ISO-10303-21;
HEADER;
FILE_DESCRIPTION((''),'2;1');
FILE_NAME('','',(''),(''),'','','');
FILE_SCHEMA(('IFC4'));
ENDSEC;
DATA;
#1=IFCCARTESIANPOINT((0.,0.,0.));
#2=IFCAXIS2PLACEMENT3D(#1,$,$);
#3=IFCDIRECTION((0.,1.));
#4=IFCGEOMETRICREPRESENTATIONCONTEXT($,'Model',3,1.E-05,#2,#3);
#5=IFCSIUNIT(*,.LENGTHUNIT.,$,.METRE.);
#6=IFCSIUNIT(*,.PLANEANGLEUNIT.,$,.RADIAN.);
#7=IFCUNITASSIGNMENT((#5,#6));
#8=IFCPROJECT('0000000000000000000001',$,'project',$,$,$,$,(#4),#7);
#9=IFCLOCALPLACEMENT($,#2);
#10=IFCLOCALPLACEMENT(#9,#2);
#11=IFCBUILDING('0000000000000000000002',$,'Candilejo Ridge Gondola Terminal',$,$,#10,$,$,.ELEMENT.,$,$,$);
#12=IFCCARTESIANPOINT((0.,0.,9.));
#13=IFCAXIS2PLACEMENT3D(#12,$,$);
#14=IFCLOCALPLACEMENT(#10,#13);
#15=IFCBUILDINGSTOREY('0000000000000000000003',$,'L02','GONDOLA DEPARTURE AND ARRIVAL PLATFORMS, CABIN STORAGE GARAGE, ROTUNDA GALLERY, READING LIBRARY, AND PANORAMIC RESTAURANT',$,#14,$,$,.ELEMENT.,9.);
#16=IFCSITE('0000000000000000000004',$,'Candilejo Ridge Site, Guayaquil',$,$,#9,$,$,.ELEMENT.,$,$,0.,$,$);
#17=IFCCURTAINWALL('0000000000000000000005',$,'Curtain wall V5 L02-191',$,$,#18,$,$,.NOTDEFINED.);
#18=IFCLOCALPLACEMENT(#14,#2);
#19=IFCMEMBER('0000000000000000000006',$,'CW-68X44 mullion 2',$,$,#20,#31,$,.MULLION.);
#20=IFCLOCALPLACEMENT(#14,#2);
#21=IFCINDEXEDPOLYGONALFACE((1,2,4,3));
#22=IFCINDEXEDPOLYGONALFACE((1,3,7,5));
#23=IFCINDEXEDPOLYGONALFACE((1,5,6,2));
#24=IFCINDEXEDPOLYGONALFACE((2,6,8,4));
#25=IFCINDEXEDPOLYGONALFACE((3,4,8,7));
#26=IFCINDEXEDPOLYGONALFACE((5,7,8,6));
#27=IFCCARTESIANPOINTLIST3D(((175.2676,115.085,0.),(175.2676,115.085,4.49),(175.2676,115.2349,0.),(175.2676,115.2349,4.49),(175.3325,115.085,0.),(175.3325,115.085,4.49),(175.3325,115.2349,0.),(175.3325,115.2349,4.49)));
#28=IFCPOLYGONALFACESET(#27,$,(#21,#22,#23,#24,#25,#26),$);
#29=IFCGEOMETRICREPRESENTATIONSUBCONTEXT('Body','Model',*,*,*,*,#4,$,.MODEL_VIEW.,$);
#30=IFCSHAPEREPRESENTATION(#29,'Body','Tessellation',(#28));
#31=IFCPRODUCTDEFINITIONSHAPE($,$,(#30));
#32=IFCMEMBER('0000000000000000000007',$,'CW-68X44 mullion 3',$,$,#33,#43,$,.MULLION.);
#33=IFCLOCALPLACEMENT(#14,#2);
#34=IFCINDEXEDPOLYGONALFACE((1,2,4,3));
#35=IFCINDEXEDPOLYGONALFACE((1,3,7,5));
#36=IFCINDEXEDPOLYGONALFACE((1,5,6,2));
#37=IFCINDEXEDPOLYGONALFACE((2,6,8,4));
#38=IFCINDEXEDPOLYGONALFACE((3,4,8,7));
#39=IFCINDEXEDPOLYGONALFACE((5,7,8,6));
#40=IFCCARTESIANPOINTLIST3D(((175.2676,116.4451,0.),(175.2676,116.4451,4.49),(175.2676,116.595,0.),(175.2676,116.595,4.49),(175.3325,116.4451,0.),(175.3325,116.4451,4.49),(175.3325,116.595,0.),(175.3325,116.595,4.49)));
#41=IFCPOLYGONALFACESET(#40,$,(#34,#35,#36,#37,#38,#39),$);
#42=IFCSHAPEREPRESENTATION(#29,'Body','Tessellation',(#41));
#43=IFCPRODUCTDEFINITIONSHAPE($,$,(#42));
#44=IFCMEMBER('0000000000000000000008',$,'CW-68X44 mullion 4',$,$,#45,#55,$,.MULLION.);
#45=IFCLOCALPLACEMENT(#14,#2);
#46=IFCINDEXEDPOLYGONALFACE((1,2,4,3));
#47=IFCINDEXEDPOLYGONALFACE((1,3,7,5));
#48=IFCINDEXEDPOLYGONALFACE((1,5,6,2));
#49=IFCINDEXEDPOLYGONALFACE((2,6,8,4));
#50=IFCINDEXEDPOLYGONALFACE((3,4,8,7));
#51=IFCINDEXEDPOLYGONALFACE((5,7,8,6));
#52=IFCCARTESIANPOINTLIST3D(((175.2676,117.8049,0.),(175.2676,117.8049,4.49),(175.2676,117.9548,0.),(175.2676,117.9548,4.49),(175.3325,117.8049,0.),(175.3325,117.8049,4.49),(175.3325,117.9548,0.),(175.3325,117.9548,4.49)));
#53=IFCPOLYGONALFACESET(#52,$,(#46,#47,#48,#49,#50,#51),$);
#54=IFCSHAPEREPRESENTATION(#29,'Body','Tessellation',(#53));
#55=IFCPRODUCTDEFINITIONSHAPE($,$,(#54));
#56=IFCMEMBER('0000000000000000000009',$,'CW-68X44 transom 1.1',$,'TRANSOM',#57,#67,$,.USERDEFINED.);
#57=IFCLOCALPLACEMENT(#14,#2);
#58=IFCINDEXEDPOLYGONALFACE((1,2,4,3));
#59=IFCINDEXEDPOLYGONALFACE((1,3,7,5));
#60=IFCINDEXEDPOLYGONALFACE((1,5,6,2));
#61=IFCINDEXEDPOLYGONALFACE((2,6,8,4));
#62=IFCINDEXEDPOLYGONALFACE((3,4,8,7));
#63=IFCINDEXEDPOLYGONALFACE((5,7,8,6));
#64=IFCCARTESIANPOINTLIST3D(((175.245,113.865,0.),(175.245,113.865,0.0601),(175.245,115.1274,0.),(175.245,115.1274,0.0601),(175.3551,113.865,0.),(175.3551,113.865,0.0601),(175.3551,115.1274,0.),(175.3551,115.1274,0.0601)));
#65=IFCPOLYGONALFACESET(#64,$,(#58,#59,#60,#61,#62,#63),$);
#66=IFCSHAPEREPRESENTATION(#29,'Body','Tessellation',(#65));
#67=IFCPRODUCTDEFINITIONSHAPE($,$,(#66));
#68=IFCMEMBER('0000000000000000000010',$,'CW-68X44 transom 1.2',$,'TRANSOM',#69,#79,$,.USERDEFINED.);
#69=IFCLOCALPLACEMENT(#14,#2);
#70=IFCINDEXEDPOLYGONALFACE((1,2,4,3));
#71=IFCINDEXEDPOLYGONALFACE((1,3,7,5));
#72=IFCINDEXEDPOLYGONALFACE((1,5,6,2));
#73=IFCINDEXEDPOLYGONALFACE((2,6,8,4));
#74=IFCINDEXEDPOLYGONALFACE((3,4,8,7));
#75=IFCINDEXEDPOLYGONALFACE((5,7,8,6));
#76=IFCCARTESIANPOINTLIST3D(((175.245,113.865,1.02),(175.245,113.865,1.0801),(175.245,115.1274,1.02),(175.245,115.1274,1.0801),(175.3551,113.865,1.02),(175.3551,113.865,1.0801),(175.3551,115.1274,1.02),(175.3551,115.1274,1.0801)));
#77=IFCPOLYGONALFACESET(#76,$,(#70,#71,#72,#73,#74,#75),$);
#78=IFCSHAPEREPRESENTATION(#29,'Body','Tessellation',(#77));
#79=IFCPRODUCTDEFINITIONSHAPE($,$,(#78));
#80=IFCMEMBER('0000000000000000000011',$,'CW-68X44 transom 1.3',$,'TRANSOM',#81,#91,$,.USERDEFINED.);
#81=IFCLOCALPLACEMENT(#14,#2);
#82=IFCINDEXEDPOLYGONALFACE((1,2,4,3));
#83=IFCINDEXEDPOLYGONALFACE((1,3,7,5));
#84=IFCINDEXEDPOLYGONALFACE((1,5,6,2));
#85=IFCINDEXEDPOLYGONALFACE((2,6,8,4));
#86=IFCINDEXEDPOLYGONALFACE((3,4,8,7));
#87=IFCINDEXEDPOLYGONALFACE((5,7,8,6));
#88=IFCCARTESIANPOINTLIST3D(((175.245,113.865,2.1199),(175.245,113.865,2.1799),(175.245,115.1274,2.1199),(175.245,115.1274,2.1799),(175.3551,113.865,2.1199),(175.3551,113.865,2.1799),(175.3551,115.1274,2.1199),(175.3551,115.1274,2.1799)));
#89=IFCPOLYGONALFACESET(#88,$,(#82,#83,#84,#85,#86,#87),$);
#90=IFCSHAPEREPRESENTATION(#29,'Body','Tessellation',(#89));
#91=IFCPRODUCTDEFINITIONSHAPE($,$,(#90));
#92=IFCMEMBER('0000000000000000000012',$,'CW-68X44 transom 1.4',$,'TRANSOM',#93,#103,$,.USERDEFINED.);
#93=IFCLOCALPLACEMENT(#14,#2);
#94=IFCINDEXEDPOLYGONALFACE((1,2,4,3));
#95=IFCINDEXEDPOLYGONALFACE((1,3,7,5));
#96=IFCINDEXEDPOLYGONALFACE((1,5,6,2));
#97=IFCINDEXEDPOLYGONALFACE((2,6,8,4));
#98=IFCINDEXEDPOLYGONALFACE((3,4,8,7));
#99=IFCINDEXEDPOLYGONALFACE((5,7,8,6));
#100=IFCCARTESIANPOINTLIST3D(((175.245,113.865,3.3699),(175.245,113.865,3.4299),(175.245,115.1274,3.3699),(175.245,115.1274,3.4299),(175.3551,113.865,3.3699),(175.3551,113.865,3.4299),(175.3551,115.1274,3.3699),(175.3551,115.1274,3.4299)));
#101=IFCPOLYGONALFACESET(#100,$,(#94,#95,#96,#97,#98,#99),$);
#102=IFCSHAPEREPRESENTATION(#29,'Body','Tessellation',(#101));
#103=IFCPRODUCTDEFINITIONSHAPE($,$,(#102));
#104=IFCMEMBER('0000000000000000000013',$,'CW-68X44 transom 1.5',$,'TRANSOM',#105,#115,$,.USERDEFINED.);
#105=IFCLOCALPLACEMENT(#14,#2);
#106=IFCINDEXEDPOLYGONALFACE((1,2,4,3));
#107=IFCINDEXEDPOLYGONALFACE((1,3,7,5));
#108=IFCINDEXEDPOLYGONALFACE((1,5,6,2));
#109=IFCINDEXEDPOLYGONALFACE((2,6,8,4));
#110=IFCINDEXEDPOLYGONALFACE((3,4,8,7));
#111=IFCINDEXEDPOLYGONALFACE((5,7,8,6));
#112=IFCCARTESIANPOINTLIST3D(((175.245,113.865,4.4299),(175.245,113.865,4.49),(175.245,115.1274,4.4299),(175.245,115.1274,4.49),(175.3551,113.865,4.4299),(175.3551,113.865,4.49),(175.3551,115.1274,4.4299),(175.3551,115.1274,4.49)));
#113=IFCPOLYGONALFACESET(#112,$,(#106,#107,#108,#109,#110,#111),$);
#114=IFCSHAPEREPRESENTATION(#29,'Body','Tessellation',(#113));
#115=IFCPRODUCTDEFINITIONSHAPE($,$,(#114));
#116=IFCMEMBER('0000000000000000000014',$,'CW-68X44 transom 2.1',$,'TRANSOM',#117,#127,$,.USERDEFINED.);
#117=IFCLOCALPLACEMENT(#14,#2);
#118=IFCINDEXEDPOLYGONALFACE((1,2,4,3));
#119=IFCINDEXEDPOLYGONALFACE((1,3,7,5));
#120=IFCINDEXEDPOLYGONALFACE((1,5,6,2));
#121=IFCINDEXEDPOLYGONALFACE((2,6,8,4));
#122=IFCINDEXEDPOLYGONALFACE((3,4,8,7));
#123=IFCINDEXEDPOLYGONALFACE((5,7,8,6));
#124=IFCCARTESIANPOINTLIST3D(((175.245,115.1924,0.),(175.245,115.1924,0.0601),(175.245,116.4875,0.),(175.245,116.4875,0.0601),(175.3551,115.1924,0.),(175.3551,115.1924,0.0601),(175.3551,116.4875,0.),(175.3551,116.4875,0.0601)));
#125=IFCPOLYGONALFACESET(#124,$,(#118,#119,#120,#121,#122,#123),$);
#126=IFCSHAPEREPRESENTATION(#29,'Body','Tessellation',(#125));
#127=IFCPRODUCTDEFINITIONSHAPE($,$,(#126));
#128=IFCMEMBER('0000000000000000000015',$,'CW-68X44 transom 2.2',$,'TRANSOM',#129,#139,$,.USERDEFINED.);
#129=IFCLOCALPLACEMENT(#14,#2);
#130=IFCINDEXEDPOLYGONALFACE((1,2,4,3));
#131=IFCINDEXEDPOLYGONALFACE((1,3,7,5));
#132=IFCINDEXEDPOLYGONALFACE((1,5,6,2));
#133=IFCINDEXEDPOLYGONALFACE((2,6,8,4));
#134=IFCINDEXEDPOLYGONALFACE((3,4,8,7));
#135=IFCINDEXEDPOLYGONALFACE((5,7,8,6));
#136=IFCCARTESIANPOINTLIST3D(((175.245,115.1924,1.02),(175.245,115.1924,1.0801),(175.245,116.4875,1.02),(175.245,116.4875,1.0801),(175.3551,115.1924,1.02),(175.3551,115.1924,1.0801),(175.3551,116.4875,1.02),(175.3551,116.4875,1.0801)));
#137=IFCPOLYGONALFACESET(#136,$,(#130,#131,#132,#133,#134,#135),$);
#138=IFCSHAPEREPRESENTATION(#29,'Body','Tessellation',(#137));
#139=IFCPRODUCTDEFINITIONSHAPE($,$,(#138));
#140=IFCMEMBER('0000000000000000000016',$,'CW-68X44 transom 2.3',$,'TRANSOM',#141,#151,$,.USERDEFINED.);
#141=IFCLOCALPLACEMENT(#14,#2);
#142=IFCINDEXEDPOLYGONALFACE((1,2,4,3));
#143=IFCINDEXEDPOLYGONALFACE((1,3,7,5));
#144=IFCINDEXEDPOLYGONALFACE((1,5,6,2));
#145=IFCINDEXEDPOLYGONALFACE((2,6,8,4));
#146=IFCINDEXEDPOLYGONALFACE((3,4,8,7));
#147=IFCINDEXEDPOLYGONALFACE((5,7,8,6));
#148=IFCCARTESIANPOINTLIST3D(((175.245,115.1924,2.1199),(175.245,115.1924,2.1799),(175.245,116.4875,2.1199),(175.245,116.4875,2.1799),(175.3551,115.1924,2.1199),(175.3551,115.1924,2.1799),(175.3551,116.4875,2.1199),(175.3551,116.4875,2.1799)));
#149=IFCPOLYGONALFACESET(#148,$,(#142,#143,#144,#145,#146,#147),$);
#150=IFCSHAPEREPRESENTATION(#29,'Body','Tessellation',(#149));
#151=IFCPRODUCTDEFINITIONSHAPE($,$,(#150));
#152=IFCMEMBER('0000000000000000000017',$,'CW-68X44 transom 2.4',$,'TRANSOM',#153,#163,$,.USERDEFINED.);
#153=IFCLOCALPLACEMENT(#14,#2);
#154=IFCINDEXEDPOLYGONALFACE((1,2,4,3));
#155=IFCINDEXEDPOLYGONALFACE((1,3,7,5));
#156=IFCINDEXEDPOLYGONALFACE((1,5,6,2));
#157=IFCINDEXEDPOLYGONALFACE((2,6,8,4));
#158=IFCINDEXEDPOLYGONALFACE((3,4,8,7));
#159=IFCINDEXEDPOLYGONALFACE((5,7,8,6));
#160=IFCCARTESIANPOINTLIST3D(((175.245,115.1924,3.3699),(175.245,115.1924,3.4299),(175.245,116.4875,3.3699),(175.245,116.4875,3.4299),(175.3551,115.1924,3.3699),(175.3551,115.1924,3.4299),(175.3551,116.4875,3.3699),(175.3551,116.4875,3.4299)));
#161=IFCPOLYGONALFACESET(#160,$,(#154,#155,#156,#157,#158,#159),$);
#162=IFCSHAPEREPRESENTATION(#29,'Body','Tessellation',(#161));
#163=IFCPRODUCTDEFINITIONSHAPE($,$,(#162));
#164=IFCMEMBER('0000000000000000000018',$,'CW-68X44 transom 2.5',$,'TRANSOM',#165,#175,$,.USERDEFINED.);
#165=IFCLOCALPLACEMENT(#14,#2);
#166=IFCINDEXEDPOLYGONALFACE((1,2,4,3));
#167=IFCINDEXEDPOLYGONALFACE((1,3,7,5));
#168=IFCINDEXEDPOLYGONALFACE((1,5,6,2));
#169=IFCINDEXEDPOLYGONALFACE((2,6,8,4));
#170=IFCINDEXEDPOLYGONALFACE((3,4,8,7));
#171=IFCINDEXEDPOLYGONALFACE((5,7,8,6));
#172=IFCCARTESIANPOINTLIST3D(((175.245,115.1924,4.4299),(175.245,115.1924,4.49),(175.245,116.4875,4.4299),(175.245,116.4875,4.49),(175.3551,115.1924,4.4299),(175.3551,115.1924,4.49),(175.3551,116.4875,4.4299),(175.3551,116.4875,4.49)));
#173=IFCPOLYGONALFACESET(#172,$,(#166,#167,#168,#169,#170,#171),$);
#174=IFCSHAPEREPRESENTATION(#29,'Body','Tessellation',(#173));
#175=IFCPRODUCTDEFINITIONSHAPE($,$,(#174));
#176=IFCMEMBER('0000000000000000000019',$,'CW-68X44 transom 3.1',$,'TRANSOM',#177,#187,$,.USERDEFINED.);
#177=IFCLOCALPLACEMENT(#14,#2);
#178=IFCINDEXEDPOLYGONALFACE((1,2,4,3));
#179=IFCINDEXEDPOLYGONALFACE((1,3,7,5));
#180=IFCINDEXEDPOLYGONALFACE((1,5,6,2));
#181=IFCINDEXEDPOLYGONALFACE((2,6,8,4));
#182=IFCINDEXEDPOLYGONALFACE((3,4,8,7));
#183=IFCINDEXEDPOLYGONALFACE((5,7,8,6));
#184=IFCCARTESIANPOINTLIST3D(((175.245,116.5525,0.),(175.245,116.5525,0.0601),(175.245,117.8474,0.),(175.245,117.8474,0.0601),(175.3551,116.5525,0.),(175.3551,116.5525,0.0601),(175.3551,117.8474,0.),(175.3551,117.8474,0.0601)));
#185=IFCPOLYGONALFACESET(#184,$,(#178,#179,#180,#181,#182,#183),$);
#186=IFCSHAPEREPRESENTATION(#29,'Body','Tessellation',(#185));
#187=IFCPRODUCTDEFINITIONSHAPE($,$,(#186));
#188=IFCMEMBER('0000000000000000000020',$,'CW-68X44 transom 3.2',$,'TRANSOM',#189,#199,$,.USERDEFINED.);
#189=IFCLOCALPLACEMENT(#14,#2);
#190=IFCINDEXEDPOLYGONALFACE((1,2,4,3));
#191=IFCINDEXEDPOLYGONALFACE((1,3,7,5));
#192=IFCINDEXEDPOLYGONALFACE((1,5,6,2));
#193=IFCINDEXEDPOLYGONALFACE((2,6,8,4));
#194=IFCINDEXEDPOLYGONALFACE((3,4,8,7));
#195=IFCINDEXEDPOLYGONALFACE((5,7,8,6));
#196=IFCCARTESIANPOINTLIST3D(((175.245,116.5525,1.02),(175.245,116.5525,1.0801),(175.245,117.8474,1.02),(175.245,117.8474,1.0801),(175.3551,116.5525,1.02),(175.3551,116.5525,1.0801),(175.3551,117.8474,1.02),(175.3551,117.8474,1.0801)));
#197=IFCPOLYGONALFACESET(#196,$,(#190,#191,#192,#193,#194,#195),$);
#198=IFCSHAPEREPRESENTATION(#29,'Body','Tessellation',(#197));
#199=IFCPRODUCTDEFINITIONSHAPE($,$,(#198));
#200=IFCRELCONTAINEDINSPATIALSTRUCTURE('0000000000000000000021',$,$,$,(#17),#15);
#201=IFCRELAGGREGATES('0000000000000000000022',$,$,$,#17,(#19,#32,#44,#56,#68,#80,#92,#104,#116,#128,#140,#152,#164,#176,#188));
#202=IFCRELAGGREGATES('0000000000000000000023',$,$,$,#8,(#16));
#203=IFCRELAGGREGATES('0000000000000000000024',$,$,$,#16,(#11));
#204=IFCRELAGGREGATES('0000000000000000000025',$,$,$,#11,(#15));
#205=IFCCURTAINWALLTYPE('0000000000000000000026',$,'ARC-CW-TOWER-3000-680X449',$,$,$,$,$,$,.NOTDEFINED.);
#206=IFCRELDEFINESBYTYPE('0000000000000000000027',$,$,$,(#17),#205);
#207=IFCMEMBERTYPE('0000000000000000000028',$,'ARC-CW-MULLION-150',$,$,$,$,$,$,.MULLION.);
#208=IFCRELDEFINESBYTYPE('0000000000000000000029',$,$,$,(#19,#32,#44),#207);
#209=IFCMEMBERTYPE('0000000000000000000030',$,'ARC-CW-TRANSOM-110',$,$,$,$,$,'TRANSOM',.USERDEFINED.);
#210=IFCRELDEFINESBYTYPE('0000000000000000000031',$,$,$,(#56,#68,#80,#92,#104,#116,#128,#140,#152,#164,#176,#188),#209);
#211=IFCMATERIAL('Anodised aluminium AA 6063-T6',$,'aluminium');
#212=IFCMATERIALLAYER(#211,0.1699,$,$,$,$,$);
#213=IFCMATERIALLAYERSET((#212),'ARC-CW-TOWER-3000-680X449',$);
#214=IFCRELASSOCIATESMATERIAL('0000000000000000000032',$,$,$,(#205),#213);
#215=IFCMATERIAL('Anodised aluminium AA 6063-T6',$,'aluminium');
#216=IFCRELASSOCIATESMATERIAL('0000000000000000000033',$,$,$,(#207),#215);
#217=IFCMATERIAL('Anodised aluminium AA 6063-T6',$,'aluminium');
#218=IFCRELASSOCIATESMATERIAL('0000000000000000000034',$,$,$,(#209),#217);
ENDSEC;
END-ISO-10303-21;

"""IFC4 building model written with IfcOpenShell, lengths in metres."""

from ifc_helpers import new_model, si_unit, direction, frame, origin, origin_2d, place, context, subcontext, project, spatial, rectangle, extrude, material, layer, layer_set, material_profile, profile_set, type_object, element, aggregate, save


model = new_model("IFC4")

# Units and contexts
model_context = context("Model", 3, precision=1e-05, world=origin(), true_north=direction((0.0, 1.0)))
body_context = subcontext(model_context, "Body", "Model", "MODEL_VIEW")
ifc_project = project(units=[si_unit("LENGTHUNIT", "METRE"), si_unit("PLANEANGLEUNIT", "RADIAN")], contexts=[model_context])

# Site, building, storey
site_placement = place(None, origin())
site = spatial("IfcSite", under=ifc_project, at=site_placement, Name="Candilejo Ridge Site, Guayaquil", CompositionType="ELEMENT", RefElevation=0.0)
building_placement = place(site_placement, origin())
building = spatial("IfcBuilding", under=site, at=building_placement, Name="Candilejo Ridge Gondola Terminal", CompositionType="ELEMENT")
storey_placement = place(building_placement, frame((0.0, 0.0, 9.0)))
storey = spatial("IfcBuildingStorey", under=building, at=storey_placement, Name="L02", Description="GONDOLA DEPARTURE AND ARRIVAL PLATFORMS, CABIN STORAGE GARAGE, ROTUNDA GALLERY, READING LIBRARY, AND PANORAMIC RESTAURANT", CompositionType="ELEMENT", Elevation=9.0)

# Curtain wall, members
ifc_material_1 = material(Name="Anodised aluminium AA 6063-T6", Category="aluminium")
ifc_layer_1 = layer(ifc_material_1, 0.1699)
ifc_layer_set_1 = layer_set([ifc_layer_1], Name="ARC-CW-TOWER-3000-680X449")
curtain_wall_type = type_object("IfcCurtainWallType", Name="ARC-CW-TOWER-3000-680X449", PredefinedType="NOTDEFINED", material=ifc_layer_set_1)
curtain_wall_placement = place(storey_placement, origin())
curtain_wall = element("IfcCurtainWall", 1, at=curtain_wall_placement, inside=storey, type_object=curtain_wall_type, Name="Curtain wall V5 L02-191", PredefinedType="NOTDEFINED")
ifc_material_2 = material(Name="Anodised aluminium AA 6063-T6", Category="aluminium")
ifc_material_profile_1 = material_profile(ifc_material_2, rectangle(XDim=0.0649, YDim=0.1499, at=origin_2d()))
ifc_profile_set_1 = profile_set([ifc_material_profile_1], Name="Anodised aluminium AA 6063-T6")
member_type_1 = type_object("IfcMemberType", Name="ARC-CW-MULLION-150", PredefinedType="MULLION", material=ifc_profile_set_1)
member_1_placement = place(storey_placement, frame((175.3, 115.1599, 0.0), z_axis=(0.0, 0.0, 1.0), x_axis=(-1.0, 0.0, 0.0)))
member_1 = element("IfcMember", 2, at=member_1_placement, type_object=member_type_1, Name="CW-68X44 mullion 2", PredefinedType="MULLION", context=body_context, shape_type="SweptSolid", body=[
    extrude(rectangle(XDim=0.0649, YDim=0.1499, at=origin_2d()), origin(), (0.0, 0.0, 1.0), 4.49),
])
member_2_placement = place(storey_placement, frame((175.3, 116.52, 0.0), z_axis=(0.0, 0.0, 1.0), x_axis=(-1.0, 0.0, 0.0)))
member_2 = element("IfcMember", 3, at=member_2_placement, type_object=member_type_1, Name="CW-68X44 mullion 3", PredefinedType="MULLION", context=body_context, shape_type="SweptSolid", body=[
    extrude(rectangle(XDim=0.0649, YDim=0.1499, at=origin_2d()), origin(), (0.0, 0.0, 1.0), 4.49),
])
member_3_placement = place(storey_placement, frame((175.3, 117.8799, 0.0), z_axis=(0.0, 0.0, 1.0), x_axis=(-1.0, 0.0, 0.0)))
member_3 = element("IfcMember", 4, at=member_3_placement, type_object=member_type_1, Name="CW-68X44 mullion 4", PredefinedType="MULLION", context=body_context, shape_type="SweptSolid", body=[
    extrude(rectangle(XDim=0.0649, YDim=0.1499, at=origin_2d()), origin(), (0.0, 0.0, 1.0), 4.49),
])
ifc_material_3 = material(Name="Anodised aluminium AA 6063-T6", Category="aluminium")
ifc_material_profile_2 = material_profile(ifc_material_3, rectangle(XDim=0.1101, YDim=0.0601, at=origin_2d()))
ifc_profile_set_2 = profile_set([ifc_material_profile_2], Name="Anodised aluminium AA 6063-T6")
member_type_2 = type_object("IfcMemberType", Name="ARC-CW-TRANSOM-110", ElementType="TRANSOM", PredefinedType="USERDEFINED", material=ifc_profile_set_2)
member_4_placement = place(storey_placement, frame((175.3, 113.865, 0.03), z_axis=(0.0, 1.0, 0.0), x_axis=(-1.0, 0.0, 0.0)))
member_4 = element("IfcMember", 5, at=member_4_placement, type_object=member_type_2, Name="CW-68X44 transom 1.1", ObjectType="TRANSOM", PredefinedType="USERDEFINED", context=body_context, shape_type="SweptSolid", body=[
    extrude(rectangle(XDim=0.1101, YDim=0.0601, at=origin_2d()), origin(), (0.0, 0.0, 1.0), 1.2625),
])
member_5_placement = place(storey_placement, frame((175.3, 113.865, 1.05), z_axis=(0.0, 1.0, 0.0), x_axis=(-1.0, 0.0, 0.0)))
member_5 = element("IfcMember", 6, at=member_5_placement, type_object=member_type_2, Name="CW-68X44 transom 1.2", ObjectType="TRANSOM", PredefinedType="USERDEFINED", context=body_context, shape_type="SweptSolid", body=[
    extrude(rectangle(XDim=0.1101, YDim=0.0601, at=origin_2d()), origin(), (0.0, 0.0, 1.0), 1.2625),
])
member_6_placement = place(storey_placement, frame((175.3, 113.865, 2.1499), z_axis=(0.0, 1.0, 0.0), x_axis=(-1.0, 0.0, 0.0)))
member_6 = element("IfcMember", 7, at=member_6_placement, type_object=member_type_2, Name="CW-68X44 transom 1.3", ObjectType="TRANSOM", PredefinedType="USERDEFINED", context=body_context, shape_type="SweptSolid", body=[
    extrude(rectangle(XDim=0.1101, YDim=0.0601, at=origin_2d()), origin(), (0.0, 0.0, 1.0), 1.2625),
])
member_7_placement = place(storey_placement, frame((175.3, 113.865, 3.3999), z_axis=(0.0, 1.0, 0.0), x_axis=(-1.0, 0.0, 0.0)))
member_7 = element("IfcMember", 8, at=member_7_placement, type_object=member_type_2, Name="CW-68X44 transom 1.4", ObjectType="TRANSOM", PredefinedType="USERDEFINED", context=body_context, shape_type="SweptSolid", body=[
    extrude(rectangle(XDim=0.1101, YDim=0.0601, at=origin_2d()), origin(), (0.0, 0.0, 1.0), 1.2625),
])
member_8_placement = place(storey_placement, frame((175.3, 113.865, 4.46), z_axis=(0.0, 1.0, 0.0), x_axis=(-1.0, 0.0, 0.0)))
member_8 = element("IfcMember", 9, at=member_8_placement, type_object=member_type_2, Name="CW-68X44 transom 1.5", ObjectType="TRANSOM", PredefinedType="USERDEFINED", context=body_context, shape_type="SweptSolid", body=[
    extrude(rectangle(XDim=0.1101, YDim=0.0601, at=origin_2d()), origin(), (0.0, 0.0, 1.0), 1.2625),
])
member_9_placement = place(storey_placement, frame((175.3, 115.1924, 0.03), z_axis=(0.0, 1.0, 0.0), x_axis=(-1.0, 0.0, 0.0)))
member_9 = element("IfcMember", 10, at=member_9_placement, type_object=member_type_2, Name="CW-68X44 transom 2.1", ObjectType="TRANSOM", PredefinedType="USERDEFINED", context=body_context, shape_type="SweptSolid", body=[
    extrude(rectangle(XDim=0.1101, YDim=0.0601, at=origin_2d()), origin(), (0.0, 0.0, 1.0), 1.2952),
])
member_10_placement = place(storey_placement, frame((175.3, 115.1924, 1.05), z_axis=(0.0, 1.0, 0.0), x_axis=(-1.0, 0.0, 0.0)))
member_10 = element("IfcMember", 11, at=member_10_placement, type_object=member_type_2, Name="CW-68X44 transom 2.2", ObjectType="TRANSOM", PredefinedType="USERDEFINED", context=body_context, shape_type="SweptSolid", body=[
    extrude(rectangle(XDim=0.1101, YDim=0.0601, at=origin_2d()), origin(), (0.0, 0.0, 1.0), 1.2952),
])
member_11_placement = place(storey_placement, frame((175.3, 115.1924, 2.1499), z_axis=(0.0, 1.0, 0.0), x_axis=(-1.0, 0.0, 0.0)))
member_11 = element("IfcMember", 12, at=member_11_placement, type_object=member_type_2, Name="CW-68X44 transom 2.3", ObjectType="TRANSOM", PredefinedType="USERDEFINED", context=body_context, shape_type="SweptSolid", body=[
    extrude(rectangle(XDim=0.1101, YDim=0.0601, at=origin_2d()), origin(), (0.0, 0.0, 1.0), 1.2952),
])
member_12_placement = place(storey_placement, frame((175.3, 115.1924, 3.3999), z_axis=(0.0, 1.0, 0.0), x_axis=(-1.0, 0.0, 0.0)))
member_12 = element("IfcMember", 13, at=member_12_placement, type_object=member_type_2, Name="CW-68X44 transom 2.4", ObjectType="TRANSOM", PredefinedType="USERDEFINED", context=body_context, shape_type="SweptSolid", body=[
    extrude(rectangle(XDim=0.1101, YDim=0.0601, at=origin_2d()), origin(), (0.0, 0.0, 1.0), 1.2952),
])
member_13_placement = place(storey_placement, frame((175.3, 115.1924, 4.46), z_axis=(0.0, 1.0, 0.0), x_axis=(-1.0, 0.0, 0.0)))
member_13 = element("IfcMember", 14, at=member_13_placement, type_object=member_type_2, Name="CW-68X44 transom 2.5", ObjectType="TRANSOM", PredefinedType="USERDEFINED", context=body_context, shape_type="SweptSolid", body=[
    extrude(rectangle(XDim=0.1101, YDim=0.0601, at=origin_2d()), origin(), (0.0, 0.0, 1.0), 1.2952),
])
member_14_placement = place(storey_placement, frame((175.3, 116.5525, 0.03), z_axis=(0.0, 1.0, 0.0), x_axis=(-1.0, 0.0, 0.0)))
member_14 = element("IfcMember", 15, at=member_14_placement, type_object=member_type_2, Name="CW-68X44 transom 3.1", ObjectType="TRANSOM", PredefinedType="USERDEFINED", context=body_context, shape_type="SweptSolid", body=[
    extrude(rectangle(XDim=0.1101, YDim=0.0601, at=origin_2d()), origin(), (0.0, 0.0, 1.0), 1.2949),
])
member_15_placement = place(storey_placement, frame((175.3, 116.5525, 1.05), z_axis=(0.0, 1.0, 0.0), x_axis=(-1.0, 0.0, 0.0)))
member_15 = element("IfcMember", 16, at=member_15_placement, type_object=member_type_2, Name="CW-68X44 transom 3.2", ObjectType="TRANSOM", PredefinedType="USERDEFINED", context=body_context, shape_type="SweptSolid", body=[
    extrude(rectangle(XDim=0.1101, YDim=0.0601, at=origin_2d()), origin(), (0.0, 0.0, 1.0), 1.2949),
])
aggregate(curtain_wall, [member_1, member_2, member_3, member_4, member_5, member_6, member_7, member_8, member_9, member_10, member_11, member_12, member_13, member_14, member_15])

save(model, "model.ifc")
